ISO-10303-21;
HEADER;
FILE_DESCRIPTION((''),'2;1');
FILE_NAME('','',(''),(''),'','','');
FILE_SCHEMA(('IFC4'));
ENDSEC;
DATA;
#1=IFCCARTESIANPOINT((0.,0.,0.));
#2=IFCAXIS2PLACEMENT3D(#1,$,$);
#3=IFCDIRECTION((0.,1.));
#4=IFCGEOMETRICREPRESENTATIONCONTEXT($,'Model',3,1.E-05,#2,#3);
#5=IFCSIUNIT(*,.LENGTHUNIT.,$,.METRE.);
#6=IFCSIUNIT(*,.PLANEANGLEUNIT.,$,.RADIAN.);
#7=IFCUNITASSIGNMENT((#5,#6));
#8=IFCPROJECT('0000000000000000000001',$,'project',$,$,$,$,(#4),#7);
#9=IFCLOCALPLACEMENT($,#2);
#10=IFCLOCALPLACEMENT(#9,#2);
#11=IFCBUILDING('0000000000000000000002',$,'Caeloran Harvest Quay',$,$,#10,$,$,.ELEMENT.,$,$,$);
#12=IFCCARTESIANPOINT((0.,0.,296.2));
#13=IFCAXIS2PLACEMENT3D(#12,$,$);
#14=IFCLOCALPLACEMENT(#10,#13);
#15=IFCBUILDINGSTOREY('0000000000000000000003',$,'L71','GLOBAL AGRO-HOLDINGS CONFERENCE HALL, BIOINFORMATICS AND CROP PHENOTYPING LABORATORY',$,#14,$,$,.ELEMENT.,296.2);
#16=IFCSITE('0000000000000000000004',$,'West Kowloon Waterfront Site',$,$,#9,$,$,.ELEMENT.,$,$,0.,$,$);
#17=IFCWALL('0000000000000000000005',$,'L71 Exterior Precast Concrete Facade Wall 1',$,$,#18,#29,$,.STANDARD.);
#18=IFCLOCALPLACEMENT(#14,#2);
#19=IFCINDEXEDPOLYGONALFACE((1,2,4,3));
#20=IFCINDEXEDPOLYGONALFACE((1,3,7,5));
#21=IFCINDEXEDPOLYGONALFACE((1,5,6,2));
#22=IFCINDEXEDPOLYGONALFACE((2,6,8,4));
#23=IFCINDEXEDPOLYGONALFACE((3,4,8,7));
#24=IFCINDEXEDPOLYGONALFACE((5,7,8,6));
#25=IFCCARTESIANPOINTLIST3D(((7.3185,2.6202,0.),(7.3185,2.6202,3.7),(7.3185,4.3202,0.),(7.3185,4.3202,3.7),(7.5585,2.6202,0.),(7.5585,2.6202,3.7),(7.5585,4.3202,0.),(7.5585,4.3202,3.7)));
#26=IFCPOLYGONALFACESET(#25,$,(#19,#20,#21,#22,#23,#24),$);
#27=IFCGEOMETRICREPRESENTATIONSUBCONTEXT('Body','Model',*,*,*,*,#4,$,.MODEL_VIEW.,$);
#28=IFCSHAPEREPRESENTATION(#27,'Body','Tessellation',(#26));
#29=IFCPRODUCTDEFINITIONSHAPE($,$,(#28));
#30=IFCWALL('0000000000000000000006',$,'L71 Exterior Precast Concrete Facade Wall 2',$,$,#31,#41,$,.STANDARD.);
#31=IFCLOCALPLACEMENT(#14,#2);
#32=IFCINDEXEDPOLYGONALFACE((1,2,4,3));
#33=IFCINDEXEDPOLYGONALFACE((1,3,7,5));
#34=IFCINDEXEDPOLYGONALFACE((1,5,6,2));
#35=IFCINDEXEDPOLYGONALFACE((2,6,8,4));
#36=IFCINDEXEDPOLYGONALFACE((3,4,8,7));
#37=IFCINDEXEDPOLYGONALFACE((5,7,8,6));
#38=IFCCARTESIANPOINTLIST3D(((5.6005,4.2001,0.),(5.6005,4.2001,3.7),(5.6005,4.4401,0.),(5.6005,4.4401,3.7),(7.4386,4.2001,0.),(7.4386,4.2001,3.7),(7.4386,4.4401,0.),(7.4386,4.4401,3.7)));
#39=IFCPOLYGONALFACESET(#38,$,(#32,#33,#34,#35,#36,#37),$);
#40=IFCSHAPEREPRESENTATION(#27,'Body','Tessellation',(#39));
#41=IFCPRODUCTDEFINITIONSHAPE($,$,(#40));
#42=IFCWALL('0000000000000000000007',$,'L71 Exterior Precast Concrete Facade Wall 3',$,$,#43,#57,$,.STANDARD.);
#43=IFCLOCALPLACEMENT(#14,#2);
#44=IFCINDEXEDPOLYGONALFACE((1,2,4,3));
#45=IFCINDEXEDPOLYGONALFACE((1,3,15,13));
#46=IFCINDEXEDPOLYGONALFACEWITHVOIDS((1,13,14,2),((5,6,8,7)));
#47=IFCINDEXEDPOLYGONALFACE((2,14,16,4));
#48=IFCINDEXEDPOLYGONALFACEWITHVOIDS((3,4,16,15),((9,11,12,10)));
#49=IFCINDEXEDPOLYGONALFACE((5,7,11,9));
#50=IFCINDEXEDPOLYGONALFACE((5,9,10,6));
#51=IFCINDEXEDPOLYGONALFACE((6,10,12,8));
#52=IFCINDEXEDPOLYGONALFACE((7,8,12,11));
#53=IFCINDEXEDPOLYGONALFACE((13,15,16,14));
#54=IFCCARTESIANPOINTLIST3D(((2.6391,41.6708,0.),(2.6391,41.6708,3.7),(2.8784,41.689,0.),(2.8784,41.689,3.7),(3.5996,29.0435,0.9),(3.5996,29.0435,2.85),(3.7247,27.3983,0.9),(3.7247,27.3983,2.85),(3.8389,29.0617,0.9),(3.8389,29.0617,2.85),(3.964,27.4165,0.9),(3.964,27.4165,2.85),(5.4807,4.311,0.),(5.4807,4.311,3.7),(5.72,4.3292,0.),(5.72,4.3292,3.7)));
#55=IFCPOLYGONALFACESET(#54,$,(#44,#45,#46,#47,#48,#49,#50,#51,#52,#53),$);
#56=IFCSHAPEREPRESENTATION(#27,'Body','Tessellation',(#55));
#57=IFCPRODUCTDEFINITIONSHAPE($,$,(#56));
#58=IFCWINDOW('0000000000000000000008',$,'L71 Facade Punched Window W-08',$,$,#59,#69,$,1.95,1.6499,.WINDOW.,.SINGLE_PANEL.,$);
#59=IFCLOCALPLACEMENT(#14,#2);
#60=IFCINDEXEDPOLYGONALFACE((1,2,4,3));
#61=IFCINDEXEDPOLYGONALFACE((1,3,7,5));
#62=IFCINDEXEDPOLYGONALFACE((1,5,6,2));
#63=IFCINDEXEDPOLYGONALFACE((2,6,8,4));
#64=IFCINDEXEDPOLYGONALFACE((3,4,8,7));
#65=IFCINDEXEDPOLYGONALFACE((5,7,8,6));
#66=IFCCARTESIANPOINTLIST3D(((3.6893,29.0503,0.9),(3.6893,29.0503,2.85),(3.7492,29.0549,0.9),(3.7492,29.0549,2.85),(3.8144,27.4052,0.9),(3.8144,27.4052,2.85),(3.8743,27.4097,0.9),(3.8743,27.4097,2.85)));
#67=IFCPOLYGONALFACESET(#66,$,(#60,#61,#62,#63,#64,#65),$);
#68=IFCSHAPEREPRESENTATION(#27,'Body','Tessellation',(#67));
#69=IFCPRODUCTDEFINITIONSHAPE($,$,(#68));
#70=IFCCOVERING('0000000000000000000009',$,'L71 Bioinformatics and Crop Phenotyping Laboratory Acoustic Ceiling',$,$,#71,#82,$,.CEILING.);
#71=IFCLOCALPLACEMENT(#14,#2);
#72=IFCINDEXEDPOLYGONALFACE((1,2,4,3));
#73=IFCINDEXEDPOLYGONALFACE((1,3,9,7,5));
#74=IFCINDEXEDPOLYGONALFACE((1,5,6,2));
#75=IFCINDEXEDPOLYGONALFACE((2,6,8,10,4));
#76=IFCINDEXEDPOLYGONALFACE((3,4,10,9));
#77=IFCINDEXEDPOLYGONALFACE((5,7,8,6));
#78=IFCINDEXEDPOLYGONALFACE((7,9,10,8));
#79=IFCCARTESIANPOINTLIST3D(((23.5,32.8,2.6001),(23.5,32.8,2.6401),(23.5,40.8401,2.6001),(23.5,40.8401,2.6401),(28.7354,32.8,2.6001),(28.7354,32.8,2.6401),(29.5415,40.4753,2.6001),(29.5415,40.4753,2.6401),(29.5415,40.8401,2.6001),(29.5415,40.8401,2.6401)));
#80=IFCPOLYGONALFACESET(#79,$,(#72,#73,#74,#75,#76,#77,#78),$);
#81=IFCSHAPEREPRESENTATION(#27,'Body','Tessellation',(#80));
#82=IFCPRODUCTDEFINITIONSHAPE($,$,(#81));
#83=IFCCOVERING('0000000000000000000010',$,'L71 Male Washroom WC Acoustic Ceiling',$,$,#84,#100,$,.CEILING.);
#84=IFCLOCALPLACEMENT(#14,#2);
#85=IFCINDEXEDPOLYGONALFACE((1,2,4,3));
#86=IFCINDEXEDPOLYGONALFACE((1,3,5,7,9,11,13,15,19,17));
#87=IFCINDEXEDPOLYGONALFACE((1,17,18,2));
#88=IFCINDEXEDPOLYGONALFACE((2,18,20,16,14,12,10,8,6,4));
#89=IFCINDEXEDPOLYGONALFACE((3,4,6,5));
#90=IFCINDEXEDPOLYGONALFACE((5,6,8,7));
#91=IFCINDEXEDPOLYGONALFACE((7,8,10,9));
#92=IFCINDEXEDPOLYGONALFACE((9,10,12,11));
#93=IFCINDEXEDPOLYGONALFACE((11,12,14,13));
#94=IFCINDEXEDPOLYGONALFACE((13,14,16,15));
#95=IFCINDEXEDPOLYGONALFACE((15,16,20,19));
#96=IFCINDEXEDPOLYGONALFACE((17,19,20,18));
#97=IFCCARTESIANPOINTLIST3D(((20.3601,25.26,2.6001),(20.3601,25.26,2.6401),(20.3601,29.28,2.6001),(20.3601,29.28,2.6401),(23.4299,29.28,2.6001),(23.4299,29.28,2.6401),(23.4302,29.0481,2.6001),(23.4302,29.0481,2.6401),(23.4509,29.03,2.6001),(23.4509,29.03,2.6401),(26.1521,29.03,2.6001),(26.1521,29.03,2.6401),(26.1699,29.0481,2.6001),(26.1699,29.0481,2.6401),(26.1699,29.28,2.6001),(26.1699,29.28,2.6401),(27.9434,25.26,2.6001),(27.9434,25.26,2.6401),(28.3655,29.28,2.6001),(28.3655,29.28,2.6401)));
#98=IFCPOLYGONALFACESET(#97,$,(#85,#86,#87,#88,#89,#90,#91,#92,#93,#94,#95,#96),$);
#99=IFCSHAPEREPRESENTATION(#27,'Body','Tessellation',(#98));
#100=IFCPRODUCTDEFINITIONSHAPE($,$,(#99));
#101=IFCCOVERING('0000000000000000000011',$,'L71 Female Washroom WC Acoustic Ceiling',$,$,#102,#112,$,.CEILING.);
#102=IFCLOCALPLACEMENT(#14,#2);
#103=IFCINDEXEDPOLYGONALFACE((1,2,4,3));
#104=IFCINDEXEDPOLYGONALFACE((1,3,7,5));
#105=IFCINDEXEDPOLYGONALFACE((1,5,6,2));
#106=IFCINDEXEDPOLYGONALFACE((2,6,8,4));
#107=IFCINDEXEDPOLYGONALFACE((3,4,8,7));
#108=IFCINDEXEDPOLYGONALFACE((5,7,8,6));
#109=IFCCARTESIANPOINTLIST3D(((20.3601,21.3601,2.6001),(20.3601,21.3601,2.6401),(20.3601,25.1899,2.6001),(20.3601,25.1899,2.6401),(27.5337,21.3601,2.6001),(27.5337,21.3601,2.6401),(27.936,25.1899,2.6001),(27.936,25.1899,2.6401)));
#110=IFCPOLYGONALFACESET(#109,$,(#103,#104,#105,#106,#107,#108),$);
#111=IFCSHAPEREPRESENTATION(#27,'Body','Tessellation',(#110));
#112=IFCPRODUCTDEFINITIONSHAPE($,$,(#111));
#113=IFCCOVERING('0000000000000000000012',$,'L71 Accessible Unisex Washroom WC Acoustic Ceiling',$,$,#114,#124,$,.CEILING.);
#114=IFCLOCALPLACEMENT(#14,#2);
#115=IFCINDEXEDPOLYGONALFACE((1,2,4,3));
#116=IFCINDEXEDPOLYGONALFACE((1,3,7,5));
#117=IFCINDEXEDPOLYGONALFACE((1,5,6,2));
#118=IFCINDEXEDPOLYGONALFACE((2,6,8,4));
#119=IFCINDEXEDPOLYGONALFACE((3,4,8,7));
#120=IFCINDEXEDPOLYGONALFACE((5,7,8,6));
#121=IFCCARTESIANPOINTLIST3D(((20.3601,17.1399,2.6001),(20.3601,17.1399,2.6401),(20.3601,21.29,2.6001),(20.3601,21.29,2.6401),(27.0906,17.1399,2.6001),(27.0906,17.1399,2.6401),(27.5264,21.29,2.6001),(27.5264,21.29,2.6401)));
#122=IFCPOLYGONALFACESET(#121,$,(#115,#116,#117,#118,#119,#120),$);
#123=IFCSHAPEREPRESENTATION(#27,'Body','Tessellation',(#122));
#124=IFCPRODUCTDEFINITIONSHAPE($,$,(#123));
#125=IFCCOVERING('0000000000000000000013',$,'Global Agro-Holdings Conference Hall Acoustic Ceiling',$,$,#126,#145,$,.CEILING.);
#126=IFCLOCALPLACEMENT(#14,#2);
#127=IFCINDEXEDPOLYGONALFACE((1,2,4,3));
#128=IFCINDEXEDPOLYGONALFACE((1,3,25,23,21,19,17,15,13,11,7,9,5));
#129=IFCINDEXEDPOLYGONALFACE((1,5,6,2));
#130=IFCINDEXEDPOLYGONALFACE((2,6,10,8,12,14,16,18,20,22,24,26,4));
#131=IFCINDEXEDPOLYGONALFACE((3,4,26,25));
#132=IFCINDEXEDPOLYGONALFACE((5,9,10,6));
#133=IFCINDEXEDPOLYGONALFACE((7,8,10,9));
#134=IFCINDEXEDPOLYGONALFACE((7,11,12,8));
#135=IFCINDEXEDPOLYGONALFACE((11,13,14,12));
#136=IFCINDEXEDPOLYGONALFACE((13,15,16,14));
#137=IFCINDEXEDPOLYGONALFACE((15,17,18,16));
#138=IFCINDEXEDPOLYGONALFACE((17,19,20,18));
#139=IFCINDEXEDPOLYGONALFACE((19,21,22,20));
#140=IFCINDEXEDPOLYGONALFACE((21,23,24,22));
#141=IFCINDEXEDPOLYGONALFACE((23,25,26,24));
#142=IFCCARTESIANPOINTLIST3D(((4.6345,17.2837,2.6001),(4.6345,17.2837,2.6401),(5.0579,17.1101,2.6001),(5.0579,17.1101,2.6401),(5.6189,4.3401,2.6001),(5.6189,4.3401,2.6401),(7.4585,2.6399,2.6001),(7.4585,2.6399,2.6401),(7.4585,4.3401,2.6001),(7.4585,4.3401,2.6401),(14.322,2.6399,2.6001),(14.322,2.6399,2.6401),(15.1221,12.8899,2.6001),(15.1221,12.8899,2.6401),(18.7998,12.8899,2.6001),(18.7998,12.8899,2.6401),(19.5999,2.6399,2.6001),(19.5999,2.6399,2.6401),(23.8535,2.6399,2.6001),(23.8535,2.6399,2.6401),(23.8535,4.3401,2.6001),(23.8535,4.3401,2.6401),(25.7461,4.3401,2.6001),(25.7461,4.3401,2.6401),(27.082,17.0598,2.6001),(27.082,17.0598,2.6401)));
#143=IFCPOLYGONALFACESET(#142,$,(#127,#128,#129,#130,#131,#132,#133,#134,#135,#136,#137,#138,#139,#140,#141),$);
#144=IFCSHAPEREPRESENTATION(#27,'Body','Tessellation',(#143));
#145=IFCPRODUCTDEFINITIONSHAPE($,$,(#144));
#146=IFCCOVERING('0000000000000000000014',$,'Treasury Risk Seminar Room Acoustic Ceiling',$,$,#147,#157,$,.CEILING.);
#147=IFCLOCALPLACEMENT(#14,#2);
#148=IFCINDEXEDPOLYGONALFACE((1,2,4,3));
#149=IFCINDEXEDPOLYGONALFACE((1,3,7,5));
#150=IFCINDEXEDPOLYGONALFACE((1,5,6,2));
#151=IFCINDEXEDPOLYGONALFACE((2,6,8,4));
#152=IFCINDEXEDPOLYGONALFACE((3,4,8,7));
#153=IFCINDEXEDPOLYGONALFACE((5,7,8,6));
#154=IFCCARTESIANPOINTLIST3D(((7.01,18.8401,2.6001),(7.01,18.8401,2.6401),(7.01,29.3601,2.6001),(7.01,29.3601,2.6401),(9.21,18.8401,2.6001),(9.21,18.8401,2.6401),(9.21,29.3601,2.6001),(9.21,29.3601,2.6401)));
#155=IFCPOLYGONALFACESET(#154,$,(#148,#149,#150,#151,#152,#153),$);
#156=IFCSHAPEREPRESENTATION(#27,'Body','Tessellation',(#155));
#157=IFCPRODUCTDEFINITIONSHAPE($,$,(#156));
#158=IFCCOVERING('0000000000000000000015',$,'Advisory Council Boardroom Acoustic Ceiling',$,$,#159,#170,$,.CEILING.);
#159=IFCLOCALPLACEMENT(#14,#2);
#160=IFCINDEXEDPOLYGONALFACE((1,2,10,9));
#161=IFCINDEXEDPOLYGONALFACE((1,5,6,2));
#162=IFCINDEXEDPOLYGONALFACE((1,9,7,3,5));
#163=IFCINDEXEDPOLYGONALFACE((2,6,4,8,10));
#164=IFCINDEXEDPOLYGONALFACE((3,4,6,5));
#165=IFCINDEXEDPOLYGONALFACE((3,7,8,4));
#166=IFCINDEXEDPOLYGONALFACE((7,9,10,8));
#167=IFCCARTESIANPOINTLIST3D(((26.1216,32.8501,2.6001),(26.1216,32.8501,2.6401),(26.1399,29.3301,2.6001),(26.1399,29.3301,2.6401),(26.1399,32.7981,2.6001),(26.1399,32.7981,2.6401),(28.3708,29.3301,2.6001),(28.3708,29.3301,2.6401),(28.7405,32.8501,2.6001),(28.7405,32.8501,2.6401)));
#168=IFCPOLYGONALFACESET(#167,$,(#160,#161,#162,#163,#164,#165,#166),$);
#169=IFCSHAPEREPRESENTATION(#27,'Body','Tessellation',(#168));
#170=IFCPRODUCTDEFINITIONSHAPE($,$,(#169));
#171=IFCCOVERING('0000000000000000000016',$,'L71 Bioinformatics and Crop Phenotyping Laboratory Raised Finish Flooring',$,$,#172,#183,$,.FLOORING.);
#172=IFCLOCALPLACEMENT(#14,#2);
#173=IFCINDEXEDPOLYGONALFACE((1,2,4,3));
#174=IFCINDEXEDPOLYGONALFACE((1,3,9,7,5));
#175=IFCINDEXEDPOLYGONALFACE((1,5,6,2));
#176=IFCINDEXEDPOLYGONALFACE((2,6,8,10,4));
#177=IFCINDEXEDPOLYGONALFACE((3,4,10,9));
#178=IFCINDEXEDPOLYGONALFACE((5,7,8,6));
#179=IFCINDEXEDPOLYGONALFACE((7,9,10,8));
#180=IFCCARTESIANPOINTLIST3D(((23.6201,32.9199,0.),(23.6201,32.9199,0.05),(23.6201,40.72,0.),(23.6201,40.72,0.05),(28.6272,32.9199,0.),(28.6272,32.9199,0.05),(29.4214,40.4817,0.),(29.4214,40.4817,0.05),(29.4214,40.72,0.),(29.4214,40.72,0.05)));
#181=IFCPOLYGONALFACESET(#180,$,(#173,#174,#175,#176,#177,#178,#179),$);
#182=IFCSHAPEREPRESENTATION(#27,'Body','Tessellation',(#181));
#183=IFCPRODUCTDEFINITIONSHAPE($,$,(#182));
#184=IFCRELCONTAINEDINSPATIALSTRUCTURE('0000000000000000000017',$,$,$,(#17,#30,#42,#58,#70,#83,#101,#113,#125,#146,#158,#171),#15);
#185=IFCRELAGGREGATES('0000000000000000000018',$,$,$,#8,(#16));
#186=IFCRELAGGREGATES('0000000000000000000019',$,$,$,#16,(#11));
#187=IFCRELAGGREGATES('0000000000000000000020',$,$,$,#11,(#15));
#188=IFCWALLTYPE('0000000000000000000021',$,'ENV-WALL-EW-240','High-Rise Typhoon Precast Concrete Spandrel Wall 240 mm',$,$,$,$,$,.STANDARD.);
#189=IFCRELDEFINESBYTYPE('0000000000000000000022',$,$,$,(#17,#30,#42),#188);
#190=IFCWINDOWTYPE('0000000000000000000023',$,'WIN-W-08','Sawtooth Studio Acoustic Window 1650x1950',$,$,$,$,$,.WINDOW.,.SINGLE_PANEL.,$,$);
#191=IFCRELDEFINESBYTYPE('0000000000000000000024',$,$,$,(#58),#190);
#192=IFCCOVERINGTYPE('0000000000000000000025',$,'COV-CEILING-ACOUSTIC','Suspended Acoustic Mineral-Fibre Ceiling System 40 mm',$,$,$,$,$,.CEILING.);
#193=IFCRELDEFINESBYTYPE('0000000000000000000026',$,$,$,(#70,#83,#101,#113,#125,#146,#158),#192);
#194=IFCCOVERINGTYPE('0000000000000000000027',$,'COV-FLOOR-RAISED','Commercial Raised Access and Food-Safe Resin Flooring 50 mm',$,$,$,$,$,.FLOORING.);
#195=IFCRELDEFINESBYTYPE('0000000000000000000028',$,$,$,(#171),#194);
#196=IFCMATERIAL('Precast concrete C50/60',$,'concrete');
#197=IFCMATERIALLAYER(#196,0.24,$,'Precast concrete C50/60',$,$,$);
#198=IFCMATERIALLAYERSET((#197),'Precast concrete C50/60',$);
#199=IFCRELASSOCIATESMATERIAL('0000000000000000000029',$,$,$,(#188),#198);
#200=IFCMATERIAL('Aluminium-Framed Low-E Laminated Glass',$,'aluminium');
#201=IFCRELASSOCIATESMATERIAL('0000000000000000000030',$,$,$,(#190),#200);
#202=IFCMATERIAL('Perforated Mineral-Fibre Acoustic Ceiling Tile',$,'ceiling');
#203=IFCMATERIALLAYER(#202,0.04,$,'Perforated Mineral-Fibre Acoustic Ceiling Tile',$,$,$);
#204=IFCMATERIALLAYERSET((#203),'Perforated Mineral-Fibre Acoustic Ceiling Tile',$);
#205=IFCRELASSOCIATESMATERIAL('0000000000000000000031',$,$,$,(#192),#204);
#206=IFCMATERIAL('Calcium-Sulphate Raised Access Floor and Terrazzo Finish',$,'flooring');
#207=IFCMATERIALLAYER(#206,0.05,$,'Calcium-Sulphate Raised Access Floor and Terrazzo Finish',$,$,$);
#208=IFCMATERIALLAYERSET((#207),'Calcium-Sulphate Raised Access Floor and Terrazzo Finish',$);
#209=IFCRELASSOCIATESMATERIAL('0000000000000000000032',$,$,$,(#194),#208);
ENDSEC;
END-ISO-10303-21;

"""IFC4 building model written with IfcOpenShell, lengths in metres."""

from ifc_helpers import new_model, si_unit, direction, frame, frame_2d, origin, place, context, subcontext, project, spatial, polyline, rectangle, outline, extrude, material, layer, layer_set, type_object, element, fill, save


model = new_model("IFC4")

# Units and contexts
model_context = context("Model", 3, precision=1e-05, world=origin(), true_north=direction((0.0, 1.0)))
body_context = subcontext(model_context, "Body", "Model", "MODEL_VIEW")
ifc_project = project(units=[si_unit("LENGTHUNIT", "METRE"), si_unit("PLANEANGLEUNIT", "RADIAN")], contexts=[model_context])

# Site, building, storey
site_placement = place(None, origin())
site = spatial("IfcSite", under=ifc_project, at=site_placement, Name="West Kowloon Waterfront Site", CompositionType="ELEMENT", RefElevation=0.0)
building_placement = place(site_placement, origin())
building = spatial("IfcBuilding", under=site, at=building_placement, Name="Caeloran Harvest Quay", CompositionType="ELEMENT")
storey_placement = place(building_placement, frame((0.0, 0.0, 296.2)))
storey = spatial("IfcBuildingStorey", under=building, at=storey_placement, Name="L71", Description="GLOBAL AGRO-HOLDINGS CONFERENCE HALL, BIOINFORMATICS AND CROP PHENOTYPING LABORATORY", CompositionType="ELEMENT", Elevation=296.2)

# Walls
ifc_material_1 = material(Name="Precast concrete C50/60", Category="concrete")
ifc_layer_1 = layer(ifc_material_1, 0.24, Name="Precast concrete C50/60")
ifc_layer_set_1 = layer_set([ifc_layer_1], Name="Precast concrete C50/60")
wall_type = type_object("IfcWallType", Name="ENV-WALL-EW-240", Description="High-Rise Typhoon Precast Concrete Spandrel Wall 240 mm", PredefinedType="STANDARD", material=ifc_layer_set_1)
wall_1_placement = place(storey_placement, frame((7.4385, 2.6201, 0.0), z_axis=(0.0, 0.0, 1.0), x_axis=(0.0, 1.0, 0.0)))
element("IfcWall", 1, at=wall_1_placement, inside=storey, type_object=wall_type, Name="L71 Exterior Precast Concrete Facade Wall 1", PredefinedType="STANDARD", context=body_context, shape_type="SweptSolid", body=[
    extrude(rectangle(XDim=1.7, YDim=0.24, at=frame_2d((0.8501, 0.0))), origin(), (0.0, 0.0, 1.0), 3.7),
])
wall_2_placement = place(storey_placement, frame((7.4385, 4.3201, 0.0), z_axis=(0.0, 0.0, 1.0), x_axis=(-1.0, 0.0, 0.0)))
element("IfcWall", 2, at=wall_2_placement, inside=storey, type_object=wall_type, Name="L71 Exterior Precast Concrete Facade Wall 2", PredefinedType="STANDARD", context=body_context, shape_type="SweptSolid", body=[
    extrude(rectangle(XDim=1.8381, YDim=0.24, at=frame_2d((0.9189, 0.0))), origin(), (0.0, 0.0, 1.0), 3.7),
])

# Wall, opening, window
wall_3_placement = place(storey_placement, frame((5.6003, 4.3201, 0.0), z_axis=(0.0, 0.0, 1.0), x_axis=(-0.07584, 0.99712, 0.0)))
wall_3 = element("IfcWall", 3, at=wall_3_placement, inside=storey, type_object=wall_type, Name="L71 Exterior Precast Concrete Facade Wall 3", PredefinedType="STANDARD", context=body_context, shape_type="SweptSolid", body=[
    extrude(rectangle(XDim=37.4678, YDim=0.24, at=frame_2d((18.7339, 0.0))), origin(), (0.0, 0.0, 1.0), 3.7),
])
opening_placement = place(wall_3_placement, frame((23.1541, 0.0, 0.8999)))
opening = element("IfcOpeningElement", 4, at=opening_placement, cuts=wall_3, PredefinedType="OPENING", context=body_context, shape_type="SweptSolid", body=[
    extrude(rectangle(XDim=1.6499, YDim=1.95, at=frame_2d((0.825, 0.9751))), frame((0.0, 0.1299, 0.0), z_axis=(0.0, -1.0, 0.0), x_axis=(1.0, 0.0, 0.0)), (0.0, 0.0, 1.0), 0.26),
])
ifc_material_2 = material(Name="Aluminium-Framed Low-E Laminated Glass", Category="aluminium")
window_type = type_object("IfcWindowType", Name="WIN-W-08", Description="Sawtooth Studio Acoustic Window 1650x1950", PartitioningType="SINGLE_PANEL", PredefinedType="WINDOW", material=ifc_material_2)
window_placement = place(opening_placement, origin())
window = element("IfcWindow", 5, at=window_placement, inside=storey, type_object=window_type, Name="L71 Facade Punched Window W-08", OverallHeight=1.95, OverallWidth=1.6499, PartitioningType="SINGLE_PANEL", PredefinedType="WINDOW", context=body_context, shape_type="SweptSolid", body=[
    extrude(rectangle(XDim=1.6499, YDim=1.95, at=frame_2d((0.825, 0.9751))), frame((0.0, 0.03, 0.0), z_axis=(0.0, -1.0, 0.0), x_axis=(1.0, 0.0, 0.0)), (0.0, 0.0, 1.0), 0.0601),
])
fill(opening, window)

# Coverings
ifc_material_3 = material(Name="Perforated Mineral-Fibre Acoustic Ceiling Tile", Category="ceiling")
ifc_layer_2 = layer(ifc_material_3, 0.04, Name="Perforated Mineral-Fibre Acoustic Ceiling Tile")
ifc_layer_set_2 = layer_set([ifc_layer_2], Name="Perforated Mineral-Fibre Acoustic Ceiling Tile")
covering_type_1 = type_object("IfcCoveringType", Name="COV-CEILING-ACOUSTIC", Description="Suspended Acoustic Mineral-Fibre Ceiling System 40 mm", PredefinedType="CEILING", material=ifc_layer_set_2)
covering_1_placement = place(storey_placement, frame((0.0, 0.0, 2.6001)))
element("IfcCovering", 6, at=covering_1_placement, inside=storey, type_object=covering_type_1, Name="L71 Bioinformatics and Crop Phenotyping Laboratory Acoustic Ceiling", PredefinedType="CEILING", context=body_context, shape_type="SweptSolid", body=[
    extrude(outline(polyline([(29.5415, 40.4753), (28.7354, 32.8), (23.5, 32.8), (23.5, 40.8401), (29.5415, 40.8401), (29.5415, 40.4753)])), origin(), (0.0, 0.0, 1.0), 0.04),
])
covering_2_placement = place(storey_placement, frame((0.0, 0.0, 2.6001)))
element("IfcCovering", 7, at=covering_2_placement, inside=storey, type_object=covering_type_1, Name="L71 Male Washroom WC Acoustic Ceiling", PredefinedType="CEILING", context=body_context, shape_type="SweptSolid", body=[
    extrude(outline(polyline([(23.4299, 29.28), (23.4302, 29.0481), (23.4509, 29.03), (26.1521, 29.03), (26.1699, 29.0481), (26.1699, 29.28), (28.3655, 29.28), (27.9434, 25.26), (20.3601, 25.26), (20.3601, 29.28), (23.4299, 29.28)])), origin(), (0.0, 0.0, 1.0), 0.04),
])
covering_3_placement = place(storey_placement, frame((0.0, 0.0, 2.6001)))
element("IfcCovering", 8, at=covering_3_placement, inside=storey, type_object=covering_type_1, Name="L71 Female Washroom WC Acoustic Ceiling", PredefinedType="CEILING", context=body_context, shape_type="SweptSolid", body=[
    extrude(outline(polyline([(27.936, 25.1899), (27.5337, 21.3601), (20.3601, 21.3601), (20.3601, 25.1899), (27.936, 25.1899)])), origin(), (0.0, 0.0, 1.0), 0.04),
])
covering_4_placement = place(storey_placement, frame((0.0, 0.0, 2.6001)))
element("IfcCovering", 9, at=covering_4_placement, inside=storey, type_object=covering_type_1, Name="L71 Accessible Unisex Washroom WC Acoustic Ceiling", PredefinedType="CEILING", context=body_context, shape_type="SweptSolid", body=[
    extrude(outline(polyline([(27.5264, 21.29), (27.0906, 17.1399), (20.3601, 17.1399), (20.3601, 21.29), (27.5264, 21.29)])), origin(), (0.0, 0.0, 1.0), 0.04),
])
covering_5_placement = place(storey_placement, frame((0.0, 0.0, 2.6001)))
element("IfcCovering", 10, at=covering_5_placement, inside=storey, type_object=covering_type_1, Name="Global Agro-Holdings Conference Hall Acoustic Ceiling", PredefinedType="CEILING", context=body_context, shape_type="SweptSolid", body=[
    extrude(outline(polyline([(27.082, 17.0598), (25.7461, 4.3401), (23.8535, 4.3401), (23.8535, 2.6399), (19.5999, 2.6399), (18.7998, 12.8899), (15.1221, 12.8899), (14.322, 2.6399), (7.4585, 2.6399), (7.4585, 4.3401), (5.6189, 4.3401), (4.6345, 17.2837), (5.0579, 17.1101), (27.082, 17.0598)])), origin(), (0.0, 0.0, 1.0), 0.04),
])
covering_6_placement = place(storey_placement, frame((0.0, 0.0, 2.6001)))
element("IfcCovering", 11, at=covering_6_placement, inside=storey, type_object=covering_type_1, Name="Treasury Risk Seminar Room Acoustic Ceiling", PredefinedType="CEILING", context=body_context, shape_type="SweptSolid", body=[
    extrude(outline(polyline([(7.01, 18.8401), (7.01, 29.3601), (9.21, 29.3601), (9.21, 18.8401), (7.01, 18.8401)])), origin(), (0.0, 0.0, 1.0), 0.04),
])
covering_7_placement = place(storey_placement, frame((0.0, 0.0, 2.6001)))
element("IfcCovering", 12, at=covering_7_placement, inside=storey, type_object=covering_type_1, Name="Advisory Council Boardroom Acoustic Ceiling", PredefinedType="CEILING", context=body_context, shape_type="SweptSolid", body=[
    extrude(outline(polyline([(26.1399, 32.7981), (26.1216, 32.8501), (28.7405, 32.8501), (28.3708, 29.3301), (26.1399, 29.3301), (26.1399, 32.7981)])), origin(), (0.0, 0.0, 1.0), 0.04),
])
ifc_material_4 = material(Name="Calcium-Sulphate Raised Access Floor and Terrazzo Finish", Category="flooring")
ifc_layer_3 = layer(ifc_material_4, 0.05, Name="Calcium-Sulphate Raised Access Floor and Terrazzo Finish")
ifc_layer_set_3 = layer_set([ifc_layer_3], Name="Calcium-Sulphate Raised Access Floor and Terrazzo Finish")
covering_type_2 = type_object("IfcCoveringType", Name="COV-FLOOR-RAISED", Description="Commercial Raised Access and Food-Safe Resin Flooring 50 mm", PredefinedType="FLOORING", material=ifc_layer_set_3)
covering_8_placement = place(storey_placement, origin())
element("IfcCovering", 13, at=covering_8_placement, inside=storey, type_object=covering_type_2, Name="L71 Bioinformatics and Crop Phenotyping Laboratory Raised Finish Flooring", PredefinedType="FLOORING", context=body_context, shape_type="SweptSolid", body=[
    extrude(outline(polyline([(29.4214, 40.4817), (28.6272, 32.9199), (23.6201, 32.9199), (23.6201, 40.72), (29.4214, 40.72), (29.4214, 40.4817)])), origin(), (0.0, 0.0, 1.0), 0.05),
])

save(model, "model.ifc")
